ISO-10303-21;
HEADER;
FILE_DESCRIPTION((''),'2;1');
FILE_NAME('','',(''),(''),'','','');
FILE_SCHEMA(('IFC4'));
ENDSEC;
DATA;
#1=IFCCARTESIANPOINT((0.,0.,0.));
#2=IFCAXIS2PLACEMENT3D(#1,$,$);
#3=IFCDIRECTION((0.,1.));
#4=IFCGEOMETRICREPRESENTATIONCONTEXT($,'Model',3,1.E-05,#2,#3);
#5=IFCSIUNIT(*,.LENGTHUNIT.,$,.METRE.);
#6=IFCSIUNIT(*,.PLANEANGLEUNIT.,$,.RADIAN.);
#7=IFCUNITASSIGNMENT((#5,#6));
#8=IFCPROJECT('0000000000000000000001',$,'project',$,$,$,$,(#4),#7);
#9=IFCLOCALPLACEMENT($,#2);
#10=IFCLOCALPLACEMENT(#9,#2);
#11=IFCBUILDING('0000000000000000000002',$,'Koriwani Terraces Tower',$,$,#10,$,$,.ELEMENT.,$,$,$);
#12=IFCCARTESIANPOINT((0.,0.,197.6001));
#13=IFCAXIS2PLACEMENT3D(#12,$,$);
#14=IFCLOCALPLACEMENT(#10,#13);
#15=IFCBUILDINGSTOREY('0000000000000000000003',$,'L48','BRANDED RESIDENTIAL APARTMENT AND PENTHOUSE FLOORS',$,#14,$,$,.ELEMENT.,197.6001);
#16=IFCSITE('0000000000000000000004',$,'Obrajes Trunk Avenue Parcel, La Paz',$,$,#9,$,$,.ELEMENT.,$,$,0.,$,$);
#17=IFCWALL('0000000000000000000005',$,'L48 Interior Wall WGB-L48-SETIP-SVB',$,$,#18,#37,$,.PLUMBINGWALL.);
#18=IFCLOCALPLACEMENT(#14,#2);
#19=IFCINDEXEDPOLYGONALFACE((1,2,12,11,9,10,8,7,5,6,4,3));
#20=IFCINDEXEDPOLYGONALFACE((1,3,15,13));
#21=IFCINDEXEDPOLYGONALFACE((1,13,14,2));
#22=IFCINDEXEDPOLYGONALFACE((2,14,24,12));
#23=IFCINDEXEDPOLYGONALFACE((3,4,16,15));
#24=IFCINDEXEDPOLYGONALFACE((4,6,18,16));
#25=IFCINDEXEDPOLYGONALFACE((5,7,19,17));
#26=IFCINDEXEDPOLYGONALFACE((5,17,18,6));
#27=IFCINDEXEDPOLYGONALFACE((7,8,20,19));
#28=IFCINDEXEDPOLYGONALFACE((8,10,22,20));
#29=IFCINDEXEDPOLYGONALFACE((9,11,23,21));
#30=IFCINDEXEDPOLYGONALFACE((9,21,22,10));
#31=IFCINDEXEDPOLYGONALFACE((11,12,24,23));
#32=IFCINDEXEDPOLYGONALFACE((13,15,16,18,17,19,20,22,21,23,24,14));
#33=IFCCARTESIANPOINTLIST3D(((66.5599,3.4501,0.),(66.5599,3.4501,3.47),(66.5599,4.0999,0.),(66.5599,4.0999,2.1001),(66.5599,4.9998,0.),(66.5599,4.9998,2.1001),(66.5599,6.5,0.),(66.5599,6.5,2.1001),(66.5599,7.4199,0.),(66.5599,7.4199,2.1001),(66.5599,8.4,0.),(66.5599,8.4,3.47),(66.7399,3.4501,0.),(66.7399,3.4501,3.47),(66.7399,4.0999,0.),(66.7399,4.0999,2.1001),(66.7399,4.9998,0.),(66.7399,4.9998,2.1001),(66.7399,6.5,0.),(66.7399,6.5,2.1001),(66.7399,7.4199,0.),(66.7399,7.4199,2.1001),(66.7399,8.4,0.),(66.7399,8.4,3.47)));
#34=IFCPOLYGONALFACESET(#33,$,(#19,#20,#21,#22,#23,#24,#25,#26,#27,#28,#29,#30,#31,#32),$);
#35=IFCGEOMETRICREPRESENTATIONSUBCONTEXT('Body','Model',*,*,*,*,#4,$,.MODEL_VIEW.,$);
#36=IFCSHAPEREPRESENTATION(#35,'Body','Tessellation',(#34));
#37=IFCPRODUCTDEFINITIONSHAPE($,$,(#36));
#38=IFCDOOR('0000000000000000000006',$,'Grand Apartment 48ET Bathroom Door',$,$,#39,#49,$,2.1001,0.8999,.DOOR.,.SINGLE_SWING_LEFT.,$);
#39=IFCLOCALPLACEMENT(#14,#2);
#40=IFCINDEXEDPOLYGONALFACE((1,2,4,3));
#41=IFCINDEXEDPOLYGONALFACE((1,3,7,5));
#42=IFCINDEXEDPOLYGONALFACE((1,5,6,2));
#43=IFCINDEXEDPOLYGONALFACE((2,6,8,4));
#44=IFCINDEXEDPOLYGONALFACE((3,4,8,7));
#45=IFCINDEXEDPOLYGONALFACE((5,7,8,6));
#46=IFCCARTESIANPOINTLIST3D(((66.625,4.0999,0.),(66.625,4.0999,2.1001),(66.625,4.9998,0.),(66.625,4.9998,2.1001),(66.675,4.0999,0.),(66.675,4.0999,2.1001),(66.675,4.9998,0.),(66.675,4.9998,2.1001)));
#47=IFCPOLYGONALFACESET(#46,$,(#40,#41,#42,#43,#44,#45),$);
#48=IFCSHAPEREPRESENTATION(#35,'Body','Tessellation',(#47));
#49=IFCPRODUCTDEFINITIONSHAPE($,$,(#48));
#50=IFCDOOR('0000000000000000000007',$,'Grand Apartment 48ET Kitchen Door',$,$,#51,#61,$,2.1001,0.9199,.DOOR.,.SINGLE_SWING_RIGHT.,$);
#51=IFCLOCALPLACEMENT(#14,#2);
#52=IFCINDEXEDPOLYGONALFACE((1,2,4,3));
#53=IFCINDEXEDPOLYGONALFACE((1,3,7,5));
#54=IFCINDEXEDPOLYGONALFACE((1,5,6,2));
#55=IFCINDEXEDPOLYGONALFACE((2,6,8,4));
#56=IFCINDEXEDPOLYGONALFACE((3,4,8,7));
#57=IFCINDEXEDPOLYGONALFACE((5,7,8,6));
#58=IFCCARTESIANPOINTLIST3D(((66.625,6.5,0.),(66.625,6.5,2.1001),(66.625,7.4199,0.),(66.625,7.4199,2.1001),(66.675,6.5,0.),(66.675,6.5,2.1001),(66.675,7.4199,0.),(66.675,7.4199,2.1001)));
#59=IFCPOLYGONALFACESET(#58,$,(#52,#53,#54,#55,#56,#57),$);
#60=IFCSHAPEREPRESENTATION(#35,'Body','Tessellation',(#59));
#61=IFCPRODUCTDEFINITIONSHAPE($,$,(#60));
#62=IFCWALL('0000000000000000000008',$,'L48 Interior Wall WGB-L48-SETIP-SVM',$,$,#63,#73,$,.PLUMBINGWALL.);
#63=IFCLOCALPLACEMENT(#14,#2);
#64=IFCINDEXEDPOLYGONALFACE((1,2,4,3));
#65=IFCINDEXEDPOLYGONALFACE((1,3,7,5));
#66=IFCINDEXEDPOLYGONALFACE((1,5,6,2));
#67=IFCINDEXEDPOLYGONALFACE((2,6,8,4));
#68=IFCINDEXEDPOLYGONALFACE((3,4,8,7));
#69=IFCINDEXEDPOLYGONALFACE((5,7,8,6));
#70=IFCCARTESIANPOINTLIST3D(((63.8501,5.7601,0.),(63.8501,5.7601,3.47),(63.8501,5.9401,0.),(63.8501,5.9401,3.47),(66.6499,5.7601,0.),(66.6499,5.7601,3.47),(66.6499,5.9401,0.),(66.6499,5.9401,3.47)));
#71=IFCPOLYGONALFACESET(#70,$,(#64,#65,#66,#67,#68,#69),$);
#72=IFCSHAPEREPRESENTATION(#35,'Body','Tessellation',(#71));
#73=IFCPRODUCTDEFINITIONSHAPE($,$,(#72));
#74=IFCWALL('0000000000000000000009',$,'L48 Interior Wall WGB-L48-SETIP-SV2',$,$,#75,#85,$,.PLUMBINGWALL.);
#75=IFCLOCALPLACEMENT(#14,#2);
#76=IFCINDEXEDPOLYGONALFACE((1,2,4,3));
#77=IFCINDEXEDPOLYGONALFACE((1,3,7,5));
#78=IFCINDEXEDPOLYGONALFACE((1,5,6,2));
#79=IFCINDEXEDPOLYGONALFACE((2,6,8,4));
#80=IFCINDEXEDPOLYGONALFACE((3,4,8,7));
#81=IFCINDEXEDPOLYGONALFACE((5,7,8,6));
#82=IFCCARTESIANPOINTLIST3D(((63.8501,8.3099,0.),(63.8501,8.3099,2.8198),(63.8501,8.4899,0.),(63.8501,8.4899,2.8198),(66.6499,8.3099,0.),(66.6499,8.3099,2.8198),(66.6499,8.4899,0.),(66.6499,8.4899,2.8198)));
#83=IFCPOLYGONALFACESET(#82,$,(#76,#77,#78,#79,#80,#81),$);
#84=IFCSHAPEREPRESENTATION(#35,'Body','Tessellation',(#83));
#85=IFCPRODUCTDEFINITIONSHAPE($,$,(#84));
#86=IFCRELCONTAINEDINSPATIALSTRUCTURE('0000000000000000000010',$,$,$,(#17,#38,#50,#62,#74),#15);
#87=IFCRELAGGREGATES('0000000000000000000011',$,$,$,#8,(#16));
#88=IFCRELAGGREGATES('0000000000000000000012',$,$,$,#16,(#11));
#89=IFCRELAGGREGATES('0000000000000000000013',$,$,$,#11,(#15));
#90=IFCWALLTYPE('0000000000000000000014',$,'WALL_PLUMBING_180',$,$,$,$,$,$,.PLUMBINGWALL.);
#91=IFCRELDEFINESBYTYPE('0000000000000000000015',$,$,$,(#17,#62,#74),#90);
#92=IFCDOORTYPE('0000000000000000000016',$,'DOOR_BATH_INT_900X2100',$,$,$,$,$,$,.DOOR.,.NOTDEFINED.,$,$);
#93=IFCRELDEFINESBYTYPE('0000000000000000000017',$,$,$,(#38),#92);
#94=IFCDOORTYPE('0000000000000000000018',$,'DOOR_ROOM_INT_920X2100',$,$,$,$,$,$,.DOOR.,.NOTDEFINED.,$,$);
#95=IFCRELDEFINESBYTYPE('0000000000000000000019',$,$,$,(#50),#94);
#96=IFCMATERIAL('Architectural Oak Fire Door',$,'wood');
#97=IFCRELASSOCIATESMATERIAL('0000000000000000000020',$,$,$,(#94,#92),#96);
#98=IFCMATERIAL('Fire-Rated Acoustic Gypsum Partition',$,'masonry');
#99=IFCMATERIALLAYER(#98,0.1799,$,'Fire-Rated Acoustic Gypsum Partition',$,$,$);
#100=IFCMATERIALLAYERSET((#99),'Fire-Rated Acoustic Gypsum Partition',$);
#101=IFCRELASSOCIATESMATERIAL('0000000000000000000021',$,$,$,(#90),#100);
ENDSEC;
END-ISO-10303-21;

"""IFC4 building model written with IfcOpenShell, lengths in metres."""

from ifc_helpers import new_model, si_unit, direction, frame, frame_2d, origin, place, context, subcontext, project, spatial, rectangle, extrude, material, layer, layer_set, type_object, element, fill, save


model = new_model("IFC4")

# Units and contexts
model_context = context("Model", 3, precision=1e-05, world=origin(), true_north=direction((0.0, 1.0)))
body_context = subcontext(model_context, "Body", "Model", "MODEL_VIEW")
ifc_project = project(units=[si_unit("LENGTHUNIT", "METRE"), si_unit("PLANEANGLEUNIT", "RADIAN")], contexts=[model_context])

# Site, building, storey
site_placement = place(None, origin())
site = spatial("IfcSite", under=ifc_project, at=site_placement, Name="Obrajes Trunk Avenue Parcel, La Paz", CompositionType="ELEMENT", RefElevation=0.0)
building_placement = place(site_placement, origin())
building = spatial("IfcBuilding", under=site, at=building_placement, Name="Koriwani Terraces Tower", CompositionType="ELEMENT")
storey_placement = place(building_placement, frame((0.0, 0.0, 197.6001)))
storey = spatial("IfcBuildingStorey", under=building, at=storey_placement, Name="L48", Description="BRANDED RESIDENTIAL APARTMENT AND PENTHOUSE FLOORS", CompositionType="ELEMENT", Elevation=197.6001)

# Shared definitions
ifc_material_1 = material(Name="Architectural Oak Fire Door", Category="wood")

# Shared definitions
ifc_material_2 = material(Name="Fire-Rated Acoustic Gypsum Partition", Category="masonry")
door_type_1 = type_object("IfcDoorType", Name="DOOR_ROOM_INT_920X2100", OperationType="NOTDEFINED", PredefinedType="DOOR", material=ifc_material_1)

# Wall, openings, doors
ifc_layer_1 = layer(ifc_material_2, 0.1799, Name="Fire-Rated Acoustic Gypsum Partition")
ifc_layer_set_1 = layer_set([ifc_layer_1], Name="Fire-Rated Acoustic Gypsum Partition")
wall_type_1 = type_object("IfcWallType", Name="WALL_PLUMBING_180", PredefinedType="PLUMBINGWALL", material=ifc_layer_set_1)
wall_1_placement = place(storey_placement, frame((66.6499, 3.45, 0.0), z_axis=(0.0, 0.0, 1.0), x_axis=(0.0, 1.0, 0.0)))
wall_1 = element("IfcWall", 1, at=wall_1_placement, inside=storey, type_object=wall_type_1, Name="L48 Interior Wall WGB-L48-SETIP-SVB", PredefinedType="PLUMBINGWALL", context=body_context, shape_type="SweptSolid", body=[
    extrude(rectangle(XDim=4.95, YDim=0.1799, at=frame_2d((2.4751, 0.0))), origin(), (0.0, 0.0, 1.0), 3.47),
])
opening_1_placement = place(wall_1_placement, frame((0.6499, 0.0, 0.0)))
opening_1 = element("IfcOpeningElement", 2, at=opening_1_placement, cuts=wall_1, PredefinedType="OPENING", context=body_context, shape_type="SweptSolid", body=[
    extrude(rectangle(XDim=0.8999, YDim=2.1001, at=frame_2d((0.45, 1.05))), frame((0.0, 0.1001, 0.0), z_axis=(0.0, -1.0, 0.0), x_axis=(1.0, 0.0, 0.0)), (0.0, 0.0, 1.0), 0.2),
])
opening_2_placement = place(wall_1_placement, frame((3.05, 0.0, 0.0)))
opening_2 = element("IfcOpeningElement", 3, at=opening_2_placement, cuts=wall_1, PredefinedType="OPENING", context=body_context, shape_type="SweptSolid", body=[
    extrude(rectangle(XDim=0.9199, YDim=2.1001, at=frame_2d((0.46, 1.05))), frame((0.0, 0.1001, 0.0), z_axis=(0.0, -1.0, 0.0), x_axis=(1.0, 0.0, 0.0)), (0.0, 0.0, 1.0), 0.2),
])
door_type_2 = type_object("IfcDoorType", Name="DOOR_BATH_INT_900X2100", OperationType="NOTDEFINED", PredefinedType="DOOR", material=ifc_material_1)
door_1_placement = place(opening_1_placement, origin())
door_1 = element("IfcDoor", 4, at=door_1_placement, inside=storey, type_object=door_type_2, Name="Grand Apartment 48ET Bathroom Door", OperationType="SINGLE_SWING_LEFT", OverallHeight=2.1001, OverallWidth=0.8999, PredefinedType="DOOR", context=body_context, shape_type="SweptSolid", body=[
    extrude(rectangle(XDim=0.8999, YDim=2.1001, at=frame_2d((0.45, 1.05))), frame((0.0, 0.0249, 0.0), z_axis=(0.0, -1.0, 0.0), x_axis=(1.0, 0.0, 0.0)), (0.0, 0.0, 1.0), 0.05),
])
fill(opening_1, door_1)
door_2_placement = place(opening_2_placement, origin())
door_2 = element("IfcDoor", 5, at=door_2_placement, inside=storey, type_object=door_type_1, Name="Grand Apartment 48ET Kitchen Door", OperationType="SINGLE_SWING_RIGHT", OverallHeight=2.1001, OverallWidth=0.9199, PredefinedType="DOOR", context=body_context, shape_type="SweptSolid", body=[
    extrude(rectangle(XDim=0.9199, YDim=2.1001, at=frame_2d((0.46, 1.05))), frame((0.0, 0.0249, 0.0), z_axis=(0.0, -1.0, 0.0), x_axis=(1.0, 0.0, 0.0)), (0.0, 0.0, 1.0), 0.05),
])
fill(opening_2, door_2)

# Walls
wall_2_placement = place(storey_placement, frame((63.8501, 5.8501, 0.0), z_axis=(0.0, 0.0, 1.0), x_axis=(1.0, 0.0, 0.0)))
element("IfcWall", 6, at=wall_2_placement, inside=storey, type_object=wall_type_1, Name="L48 Interior Wall WGB-L48-SETIP-SVM", PredefinedType="PLUMBINGWALL", context=body_context, shape_type="SweptSolid", body=[
    extrude(rectangle(XDim=2.7998, YDim=0.1799, at=frame_2d((1.3999, 0.0))), origin(), (0.0, 0.0, 1.0), 3.47),
])
wall_3_placement = place(storey_placement, frame((63.8501, 8.3999, 0.0), z_axis=(0.0, 0.0, 1.0), x_axis=(1.0, 0.0, 0.0)))
element("IfcWall", 7, at=wall_3_placement, inside=storey, type_object=wall_type_1, Name="L48 Interior Wall WGB-L48-SETIP-SV2", PredefinedType="PLUMBINGWALL", context=body_context, shape_type="SweptSolid", body=[
    extrude(rectangle(XDim=2.7998, YDim=0.1799, at=frame_2d((1.3999, 0.0))), origin(), (0.0, 0.0, 1.0), 2.8198),
])

save(model, "model.ifc")
